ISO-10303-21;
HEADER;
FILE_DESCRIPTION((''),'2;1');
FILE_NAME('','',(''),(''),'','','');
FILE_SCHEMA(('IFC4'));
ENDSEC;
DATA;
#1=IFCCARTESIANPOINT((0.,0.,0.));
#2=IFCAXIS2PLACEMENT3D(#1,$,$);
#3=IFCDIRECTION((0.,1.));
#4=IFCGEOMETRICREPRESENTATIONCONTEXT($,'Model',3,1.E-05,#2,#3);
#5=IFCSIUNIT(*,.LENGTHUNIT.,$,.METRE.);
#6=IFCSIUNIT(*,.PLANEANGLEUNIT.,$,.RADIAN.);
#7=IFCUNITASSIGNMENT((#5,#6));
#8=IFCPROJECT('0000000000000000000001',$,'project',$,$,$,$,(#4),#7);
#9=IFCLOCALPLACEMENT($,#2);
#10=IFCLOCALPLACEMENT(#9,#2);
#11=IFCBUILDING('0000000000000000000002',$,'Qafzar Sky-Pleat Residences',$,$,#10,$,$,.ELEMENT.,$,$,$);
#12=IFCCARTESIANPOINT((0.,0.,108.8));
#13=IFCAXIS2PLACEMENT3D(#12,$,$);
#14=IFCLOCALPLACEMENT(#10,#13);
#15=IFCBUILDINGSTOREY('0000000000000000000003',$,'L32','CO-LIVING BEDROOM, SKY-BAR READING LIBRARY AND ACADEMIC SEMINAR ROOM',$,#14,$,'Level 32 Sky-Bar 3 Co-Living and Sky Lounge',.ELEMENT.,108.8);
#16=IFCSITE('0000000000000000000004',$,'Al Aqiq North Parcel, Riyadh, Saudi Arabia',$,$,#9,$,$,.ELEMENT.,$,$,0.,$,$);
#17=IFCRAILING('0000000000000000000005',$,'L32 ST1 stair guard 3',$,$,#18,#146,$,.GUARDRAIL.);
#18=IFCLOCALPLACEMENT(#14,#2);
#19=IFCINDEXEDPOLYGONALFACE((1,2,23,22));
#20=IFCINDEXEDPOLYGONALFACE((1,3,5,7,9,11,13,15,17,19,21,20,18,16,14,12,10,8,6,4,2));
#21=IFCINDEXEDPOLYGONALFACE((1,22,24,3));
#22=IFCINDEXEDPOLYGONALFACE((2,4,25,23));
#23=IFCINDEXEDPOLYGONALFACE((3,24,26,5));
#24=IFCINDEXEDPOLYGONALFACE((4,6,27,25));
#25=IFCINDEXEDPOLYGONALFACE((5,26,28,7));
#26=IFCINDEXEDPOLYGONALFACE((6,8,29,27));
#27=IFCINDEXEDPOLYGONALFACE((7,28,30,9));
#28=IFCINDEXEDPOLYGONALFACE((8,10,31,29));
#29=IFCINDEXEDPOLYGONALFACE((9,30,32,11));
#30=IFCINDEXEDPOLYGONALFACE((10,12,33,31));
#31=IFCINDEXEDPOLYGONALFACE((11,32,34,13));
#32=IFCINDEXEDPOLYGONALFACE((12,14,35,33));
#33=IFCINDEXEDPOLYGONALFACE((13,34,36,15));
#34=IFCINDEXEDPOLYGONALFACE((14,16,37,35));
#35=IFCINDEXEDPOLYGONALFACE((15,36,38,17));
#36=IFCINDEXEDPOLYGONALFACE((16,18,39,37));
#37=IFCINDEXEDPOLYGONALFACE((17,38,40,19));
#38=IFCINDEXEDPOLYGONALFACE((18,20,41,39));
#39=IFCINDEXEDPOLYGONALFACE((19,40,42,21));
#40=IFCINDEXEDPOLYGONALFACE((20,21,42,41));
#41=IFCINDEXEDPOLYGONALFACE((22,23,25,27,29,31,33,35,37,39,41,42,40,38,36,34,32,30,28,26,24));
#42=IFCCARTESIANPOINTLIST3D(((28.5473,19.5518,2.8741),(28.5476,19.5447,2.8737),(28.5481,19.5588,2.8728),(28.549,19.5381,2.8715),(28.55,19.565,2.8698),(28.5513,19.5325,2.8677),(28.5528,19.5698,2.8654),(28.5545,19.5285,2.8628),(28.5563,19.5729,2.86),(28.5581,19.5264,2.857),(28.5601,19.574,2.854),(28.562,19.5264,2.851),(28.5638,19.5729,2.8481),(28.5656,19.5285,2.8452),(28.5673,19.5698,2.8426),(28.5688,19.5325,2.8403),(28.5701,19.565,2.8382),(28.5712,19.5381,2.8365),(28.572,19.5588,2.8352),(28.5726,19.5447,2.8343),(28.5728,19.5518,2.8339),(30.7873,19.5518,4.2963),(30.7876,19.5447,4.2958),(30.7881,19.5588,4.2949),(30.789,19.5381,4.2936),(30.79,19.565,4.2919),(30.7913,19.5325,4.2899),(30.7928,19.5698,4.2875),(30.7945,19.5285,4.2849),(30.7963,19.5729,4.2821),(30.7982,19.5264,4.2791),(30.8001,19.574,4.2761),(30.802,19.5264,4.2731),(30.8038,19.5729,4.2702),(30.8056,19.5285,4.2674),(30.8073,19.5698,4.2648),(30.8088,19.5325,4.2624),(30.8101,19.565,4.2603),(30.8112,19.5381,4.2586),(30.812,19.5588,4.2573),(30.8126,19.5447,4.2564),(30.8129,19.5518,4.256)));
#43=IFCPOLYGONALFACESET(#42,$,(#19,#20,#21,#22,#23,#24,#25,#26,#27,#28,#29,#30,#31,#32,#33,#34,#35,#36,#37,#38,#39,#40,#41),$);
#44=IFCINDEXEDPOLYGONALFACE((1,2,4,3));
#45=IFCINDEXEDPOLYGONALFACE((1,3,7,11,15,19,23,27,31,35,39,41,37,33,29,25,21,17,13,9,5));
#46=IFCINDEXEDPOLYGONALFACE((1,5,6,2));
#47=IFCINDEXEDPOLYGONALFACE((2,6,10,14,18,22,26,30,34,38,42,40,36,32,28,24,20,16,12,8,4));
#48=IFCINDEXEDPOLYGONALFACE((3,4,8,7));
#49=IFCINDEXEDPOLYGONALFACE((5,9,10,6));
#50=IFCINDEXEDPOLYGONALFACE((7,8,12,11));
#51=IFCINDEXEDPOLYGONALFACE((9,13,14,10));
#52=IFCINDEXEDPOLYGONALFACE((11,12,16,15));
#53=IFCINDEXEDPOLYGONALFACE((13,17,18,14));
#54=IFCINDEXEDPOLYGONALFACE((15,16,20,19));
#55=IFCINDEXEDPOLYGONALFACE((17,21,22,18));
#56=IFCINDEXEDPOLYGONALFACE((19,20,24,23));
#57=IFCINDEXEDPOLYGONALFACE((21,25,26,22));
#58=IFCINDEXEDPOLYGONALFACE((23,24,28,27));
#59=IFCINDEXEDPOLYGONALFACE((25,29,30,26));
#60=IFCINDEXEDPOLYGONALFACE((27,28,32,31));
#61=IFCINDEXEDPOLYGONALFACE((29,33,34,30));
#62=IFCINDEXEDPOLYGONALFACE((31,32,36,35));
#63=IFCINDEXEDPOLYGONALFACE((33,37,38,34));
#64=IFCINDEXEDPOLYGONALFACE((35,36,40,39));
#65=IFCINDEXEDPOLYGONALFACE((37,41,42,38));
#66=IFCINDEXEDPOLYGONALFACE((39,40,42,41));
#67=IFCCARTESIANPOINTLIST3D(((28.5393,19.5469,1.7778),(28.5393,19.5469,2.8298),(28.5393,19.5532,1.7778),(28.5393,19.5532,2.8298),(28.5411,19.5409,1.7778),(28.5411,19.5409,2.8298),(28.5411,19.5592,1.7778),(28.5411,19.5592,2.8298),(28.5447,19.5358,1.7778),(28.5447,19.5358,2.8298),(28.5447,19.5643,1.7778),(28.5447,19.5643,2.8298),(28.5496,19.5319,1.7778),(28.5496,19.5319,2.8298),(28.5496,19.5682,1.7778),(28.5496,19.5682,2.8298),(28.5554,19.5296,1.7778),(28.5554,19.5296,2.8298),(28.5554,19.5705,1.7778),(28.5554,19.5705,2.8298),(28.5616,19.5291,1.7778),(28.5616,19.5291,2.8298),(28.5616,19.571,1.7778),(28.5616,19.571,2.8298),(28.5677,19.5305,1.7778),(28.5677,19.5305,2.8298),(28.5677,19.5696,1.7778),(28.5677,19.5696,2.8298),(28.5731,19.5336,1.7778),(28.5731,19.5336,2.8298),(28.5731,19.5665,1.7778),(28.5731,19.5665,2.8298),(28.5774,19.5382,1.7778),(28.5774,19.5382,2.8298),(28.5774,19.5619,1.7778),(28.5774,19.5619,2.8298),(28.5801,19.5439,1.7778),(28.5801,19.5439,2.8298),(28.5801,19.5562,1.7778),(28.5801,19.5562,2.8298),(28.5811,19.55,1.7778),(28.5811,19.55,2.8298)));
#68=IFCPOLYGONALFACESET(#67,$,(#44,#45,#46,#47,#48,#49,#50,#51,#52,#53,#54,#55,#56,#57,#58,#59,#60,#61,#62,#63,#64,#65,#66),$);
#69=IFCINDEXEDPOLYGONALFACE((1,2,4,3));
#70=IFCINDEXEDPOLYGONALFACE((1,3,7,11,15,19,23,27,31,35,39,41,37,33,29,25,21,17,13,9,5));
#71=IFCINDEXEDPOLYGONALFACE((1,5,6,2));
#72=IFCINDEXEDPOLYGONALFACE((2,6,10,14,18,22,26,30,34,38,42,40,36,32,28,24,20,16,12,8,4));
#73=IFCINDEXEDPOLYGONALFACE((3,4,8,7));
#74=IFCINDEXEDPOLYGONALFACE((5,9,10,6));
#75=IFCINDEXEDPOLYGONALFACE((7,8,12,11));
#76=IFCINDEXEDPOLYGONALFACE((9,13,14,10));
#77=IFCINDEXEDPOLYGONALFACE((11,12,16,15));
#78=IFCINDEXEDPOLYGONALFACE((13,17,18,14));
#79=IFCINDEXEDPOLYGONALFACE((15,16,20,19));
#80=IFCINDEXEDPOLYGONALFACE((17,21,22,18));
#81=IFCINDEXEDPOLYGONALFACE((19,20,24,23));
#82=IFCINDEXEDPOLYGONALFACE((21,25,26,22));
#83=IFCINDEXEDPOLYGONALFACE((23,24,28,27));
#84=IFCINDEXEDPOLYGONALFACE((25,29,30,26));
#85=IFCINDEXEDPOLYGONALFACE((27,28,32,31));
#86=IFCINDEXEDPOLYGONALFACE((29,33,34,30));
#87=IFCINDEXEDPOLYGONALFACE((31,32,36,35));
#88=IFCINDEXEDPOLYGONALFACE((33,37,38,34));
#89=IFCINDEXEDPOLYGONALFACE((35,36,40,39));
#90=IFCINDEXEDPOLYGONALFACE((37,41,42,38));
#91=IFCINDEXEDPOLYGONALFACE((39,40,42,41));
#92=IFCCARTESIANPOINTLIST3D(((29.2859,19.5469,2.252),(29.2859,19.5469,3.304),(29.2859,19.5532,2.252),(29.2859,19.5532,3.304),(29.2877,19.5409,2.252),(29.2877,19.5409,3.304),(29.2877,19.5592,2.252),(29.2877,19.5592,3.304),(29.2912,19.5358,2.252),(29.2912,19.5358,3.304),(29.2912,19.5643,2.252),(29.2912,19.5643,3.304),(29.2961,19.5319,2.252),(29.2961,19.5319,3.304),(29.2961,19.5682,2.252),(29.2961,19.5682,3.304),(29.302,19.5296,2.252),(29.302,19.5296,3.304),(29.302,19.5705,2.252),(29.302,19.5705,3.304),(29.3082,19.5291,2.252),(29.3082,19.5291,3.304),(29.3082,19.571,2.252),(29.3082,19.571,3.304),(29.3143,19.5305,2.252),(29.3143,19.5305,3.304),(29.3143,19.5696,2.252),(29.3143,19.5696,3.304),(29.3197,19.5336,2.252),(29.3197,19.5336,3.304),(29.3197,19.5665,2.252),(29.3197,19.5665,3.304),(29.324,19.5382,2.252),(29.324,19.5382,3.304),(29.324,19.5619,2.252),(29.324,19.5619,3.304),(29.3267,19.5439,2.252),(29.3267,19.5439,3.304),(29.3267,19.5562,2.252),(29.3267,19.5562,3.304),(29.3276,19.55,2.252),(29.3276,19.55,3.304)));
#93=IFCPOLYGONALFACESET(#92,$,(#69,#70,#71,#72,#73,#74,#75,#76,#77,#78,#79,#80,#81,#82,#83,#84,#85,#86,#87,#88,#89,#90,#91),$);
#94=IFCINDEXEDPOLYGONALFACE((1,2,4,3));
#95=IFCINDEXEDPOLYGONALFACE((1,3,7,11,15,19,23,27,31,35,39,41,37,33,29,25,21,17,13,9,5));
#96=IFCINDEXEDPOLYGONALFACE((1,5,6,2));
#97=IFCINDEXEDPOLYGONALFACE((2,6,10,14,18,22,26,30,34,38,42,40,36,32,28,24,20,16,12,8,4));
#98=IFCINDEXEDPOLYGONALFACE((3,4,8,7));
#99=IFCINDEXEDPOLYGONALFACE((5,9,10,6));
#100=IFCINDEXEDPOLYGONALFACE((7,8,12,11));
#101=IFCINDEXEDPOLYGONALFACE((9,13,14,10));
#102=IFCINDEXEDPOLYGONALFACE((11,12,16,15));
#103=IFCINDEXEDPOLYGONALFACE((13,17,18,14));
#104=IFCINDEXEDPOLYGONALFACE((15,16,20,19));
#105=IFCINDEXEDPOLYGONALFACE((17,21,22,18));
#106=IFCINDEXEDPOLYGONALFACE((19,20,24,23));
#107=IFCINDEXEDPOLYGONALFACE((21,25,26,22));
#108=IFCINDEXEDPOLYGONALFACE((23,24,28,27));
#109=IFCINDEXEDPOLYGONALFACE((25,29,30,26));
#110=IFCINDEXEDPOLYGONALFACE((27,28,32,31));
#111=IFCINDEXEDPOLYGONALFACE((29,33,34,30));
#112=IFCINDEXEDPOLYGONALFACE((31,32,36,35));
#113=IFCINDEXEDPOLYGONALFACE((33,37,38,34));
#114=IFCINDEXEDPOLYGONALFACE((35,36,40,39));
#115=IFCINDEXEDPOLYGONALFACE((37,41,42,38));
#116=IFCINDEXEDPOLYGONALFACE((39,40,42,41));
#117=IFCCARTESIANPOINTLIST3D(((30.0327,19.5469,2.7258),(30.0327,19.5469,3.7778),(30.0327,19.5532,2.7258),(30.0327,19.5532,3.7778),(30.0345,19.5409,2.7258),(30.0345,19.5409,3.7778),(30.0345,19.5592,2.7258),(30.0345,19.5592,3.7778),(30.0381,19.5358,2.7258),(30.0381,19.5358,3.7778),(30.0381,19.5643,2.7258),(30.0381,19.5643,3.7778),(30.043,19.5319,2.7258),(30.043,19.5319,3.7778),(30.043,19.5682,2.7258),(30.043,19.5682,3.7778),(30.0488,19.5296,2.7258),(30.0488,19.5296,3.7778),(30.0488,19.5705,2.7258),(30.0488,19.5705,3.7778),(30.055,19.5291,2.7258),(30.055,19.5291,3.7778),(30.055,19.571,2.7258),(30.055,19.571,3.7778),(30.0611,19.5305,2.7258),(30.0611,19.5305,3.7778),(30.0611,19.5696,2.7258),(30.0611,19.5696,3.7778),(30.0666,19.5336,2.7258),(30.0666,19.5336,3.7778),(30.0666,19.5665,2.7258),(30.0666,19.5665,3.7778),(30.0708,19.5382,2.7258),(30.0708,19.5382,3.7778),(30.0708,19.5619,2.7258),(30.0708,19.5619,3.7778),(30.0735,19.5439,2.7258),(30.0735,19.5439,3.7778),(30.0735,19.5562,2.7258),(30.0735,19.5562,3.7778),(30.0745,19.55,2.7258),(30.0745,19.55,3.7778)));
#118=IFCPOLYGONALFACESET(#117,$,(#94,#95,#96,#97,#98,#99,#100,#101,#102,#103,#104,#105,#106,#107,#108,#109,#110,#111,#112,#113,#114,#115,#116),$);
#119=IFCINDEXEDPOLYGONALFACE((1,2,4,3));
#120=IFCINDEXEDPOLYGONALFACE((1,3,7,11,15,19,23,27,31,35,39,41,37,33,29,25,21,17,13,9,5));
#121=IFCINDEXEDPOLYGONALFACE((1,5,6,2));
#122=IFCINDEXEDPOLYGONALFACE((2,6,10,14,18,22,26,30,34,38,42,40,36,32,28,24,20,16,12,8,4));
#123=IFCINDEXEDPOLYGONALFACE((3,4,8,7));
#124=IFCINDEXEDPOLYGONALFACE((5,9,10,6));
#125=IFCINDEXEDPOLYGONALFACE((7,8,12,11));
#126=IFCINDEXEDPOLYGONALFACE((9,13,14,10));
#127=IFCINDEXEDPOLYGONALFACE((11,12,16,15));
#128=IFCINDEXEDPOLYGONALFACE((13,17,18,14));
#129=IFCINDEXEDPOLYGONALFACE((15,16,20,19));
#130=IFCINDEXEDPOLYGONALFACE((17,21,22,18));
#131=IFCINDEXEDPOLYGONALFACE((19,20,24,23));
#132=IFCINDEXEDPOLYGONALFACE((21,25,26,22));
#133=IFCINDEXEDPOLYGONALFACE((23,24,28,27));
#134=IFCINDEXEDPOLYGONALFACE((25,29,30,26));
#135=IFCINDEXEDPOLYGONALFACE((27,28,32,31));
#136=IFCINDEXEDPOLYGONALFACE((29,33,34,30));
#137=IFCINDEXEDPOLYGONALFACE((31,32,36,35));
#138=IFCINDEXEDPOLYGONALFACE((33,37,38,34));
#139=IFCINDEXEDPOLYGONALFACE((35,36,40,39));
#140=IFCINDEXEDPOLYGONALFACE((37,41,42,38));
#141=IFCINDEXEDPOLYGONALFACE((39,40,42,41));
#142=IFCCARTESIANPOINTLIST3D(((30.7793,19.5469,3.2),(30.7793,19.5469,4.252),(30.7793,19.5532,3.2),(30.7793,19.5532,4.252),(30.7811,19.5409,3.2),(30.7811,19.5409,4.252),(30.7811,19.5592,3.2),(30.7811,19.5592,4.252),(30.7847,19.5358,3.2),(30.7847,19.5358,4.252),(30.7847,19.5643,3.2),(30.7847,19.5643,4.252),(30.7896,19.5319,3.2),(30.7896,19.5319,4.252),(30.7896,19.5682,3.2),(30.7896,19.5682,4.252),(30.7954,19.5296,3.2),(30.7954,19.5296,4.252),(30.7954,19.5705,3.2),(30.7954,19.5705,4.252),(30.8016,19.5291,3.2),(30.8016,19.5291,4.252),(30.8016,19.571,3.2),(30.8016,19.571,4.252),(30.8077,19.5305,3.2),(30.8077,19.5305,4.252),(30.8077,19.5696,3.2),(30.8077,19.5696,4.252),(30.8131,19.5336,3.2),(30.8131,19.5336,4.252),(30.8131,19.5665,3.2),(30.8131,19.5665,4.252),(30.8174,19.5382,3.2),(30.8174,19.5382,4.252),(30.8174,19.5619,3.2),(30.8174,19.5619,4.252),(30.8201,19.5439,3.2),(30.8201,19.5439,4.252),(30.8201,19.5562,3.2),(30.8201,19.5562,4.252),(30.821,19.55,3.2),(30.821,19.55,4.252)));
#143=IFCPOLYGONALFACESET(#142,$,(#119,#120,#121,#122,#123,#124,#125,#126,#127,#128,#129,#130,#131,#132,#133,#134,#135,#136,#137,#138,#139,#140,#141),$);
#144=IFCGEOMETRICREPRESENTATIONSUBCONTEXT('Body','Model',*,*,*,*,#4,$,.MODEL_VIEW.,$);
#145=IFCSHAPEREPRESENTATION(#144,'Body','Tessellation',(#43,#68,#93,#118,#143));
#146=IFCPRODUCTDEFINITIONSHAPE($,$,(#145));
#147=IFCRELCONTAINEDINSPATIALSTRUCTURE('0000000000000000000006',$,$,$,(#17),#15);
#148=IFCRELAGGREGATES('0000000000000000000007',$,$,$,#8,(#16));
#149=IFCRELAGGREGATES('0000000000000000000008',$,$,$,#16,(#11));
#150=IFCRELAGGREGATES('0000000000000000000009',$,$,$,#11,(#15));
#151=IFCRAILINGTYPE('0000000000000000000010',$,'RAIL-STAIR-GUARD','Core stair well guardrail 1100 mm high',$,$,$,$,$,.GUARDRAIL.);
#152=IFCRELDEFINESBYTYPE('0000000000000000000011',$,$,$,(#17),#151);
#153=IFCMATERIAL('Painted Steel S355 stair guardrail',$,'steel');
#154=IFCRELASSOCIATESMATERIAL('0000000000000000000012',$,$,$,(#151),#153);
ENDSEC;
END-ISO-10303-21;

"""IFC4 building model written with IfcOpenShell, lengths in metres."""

from ifc_helpers import new_model, si_unit, direction, frame, origin, origin_2d, place, context, subcontext, project, spatial, circle, extrude, source, transform, mapped, material, type_object, element, save


model = new_model("IFC4")

# Units and contexts
model_context = context("Model", 3, precision=1e-05, world=origin(), true_north=direction((0.0, 1.0)))
body_context = subcontext(model_context, "Body", "Model", "MODEL_VIEW")
ifc_project = project(units=[si_unit("LENGTHUNIT", "METRE"), si_unit("PLANEANGLEUNIT", "RADIAN")], contexts=[model_context])

# Site, building, storey
site_placement = place(None, origin())
site = spatial("IfcSite", under=ifc_project, at=site_placement, Name="Al Aqiq North Parcel, Riyadh, Saudi Arabia", CompositionType="ELEMENT", RefElevation=0.0)
building_placement = place(site_placement, origin())
building = spatial("IfcBuilding", under=site, at=building_placement, Name="Qafzar Sky-Pleat Residences", CompositionType="ELEMENT")
storey_placement = place(building_placement, frame((0.0, 0.0, 108.8)))
storey = spatial("IfcBuildingStorey", under=building, at=storey_placement, Name="L32", Description="CO-LIVING BEDROOM, SKY-BAR READING LIBRARY AND ACADEMIC SEMINAR ROOM", LongName="Level 32 Sky-Bar 3 Co-Living and Sky Lounge", CompositionType="ELEMENT", Elevation=108.8)

# Railing
ifc_material_1 = material(Name="Painted Steel S355 stair guardrail", Category="steel")
railing_type_1 = type_object("IfcRailingType", Name="RAIL-STAIR-GUARD", Description="Core stair well guardrail 1100 mm high", PredefinedType="GUARDRAIL", material=ifc_material_1)
shared_shape_1 = source(origin(), body_context, "Body", "SweptSolid", [
    extrude(circle(Radius=0.0239, at=origin_2d()), frame((0.0, 0.0, 1.0762), z_axis=(0.844229, 0.0, 0.535982), x_axis=(0.0, 1.0, 0.0)), (0.0, 0.0, 1.0), 2.6533),
    extrude(circle(Radius=0.021, at=origin_2d()), origin(), (0.0, 0.0, 1.0), 1.052),
    extrude(circle(Radius=0.021, at=origin_2d()), frame((0.7466, 0.0, 0.4741)), (0.0, 0.0, 1.0), 1.052),
    extrude(circle(Radius=0.021, at=origin_2d()), frame((1.4934, 0.0, 0.948)), (0.0, 0.0, 1.0), 1.052),
    extrude(circle(Radius=0.021, at=origin_2d()), frame((2.24, 0.0, 1.4221)), (0.0, 0.0, 1.0), 1.052),
])
railing_1_placement = place(storey_placement, frame((28.5601, 19.55, 1.7778)))
element("IfcRailing", 1, at=railing_1_placement, inside=storey, type_object=railing_type_1, Name="L32 ST1 stair guard 3", PredefinedType="GUARDRAIL", context=body_context, shape_type="MappedRepresentation", body=[
    mapped(shared_shape_1, transform((0.0, 0.0, 0.0), x_axis=(1.0, 0.0, 0.0), y_axis=(0.0, 1.0, 0.0), z_axis=(0.0, 0.0, 1.0), scale=1.0)),
])

save(model, "model.ifc")
